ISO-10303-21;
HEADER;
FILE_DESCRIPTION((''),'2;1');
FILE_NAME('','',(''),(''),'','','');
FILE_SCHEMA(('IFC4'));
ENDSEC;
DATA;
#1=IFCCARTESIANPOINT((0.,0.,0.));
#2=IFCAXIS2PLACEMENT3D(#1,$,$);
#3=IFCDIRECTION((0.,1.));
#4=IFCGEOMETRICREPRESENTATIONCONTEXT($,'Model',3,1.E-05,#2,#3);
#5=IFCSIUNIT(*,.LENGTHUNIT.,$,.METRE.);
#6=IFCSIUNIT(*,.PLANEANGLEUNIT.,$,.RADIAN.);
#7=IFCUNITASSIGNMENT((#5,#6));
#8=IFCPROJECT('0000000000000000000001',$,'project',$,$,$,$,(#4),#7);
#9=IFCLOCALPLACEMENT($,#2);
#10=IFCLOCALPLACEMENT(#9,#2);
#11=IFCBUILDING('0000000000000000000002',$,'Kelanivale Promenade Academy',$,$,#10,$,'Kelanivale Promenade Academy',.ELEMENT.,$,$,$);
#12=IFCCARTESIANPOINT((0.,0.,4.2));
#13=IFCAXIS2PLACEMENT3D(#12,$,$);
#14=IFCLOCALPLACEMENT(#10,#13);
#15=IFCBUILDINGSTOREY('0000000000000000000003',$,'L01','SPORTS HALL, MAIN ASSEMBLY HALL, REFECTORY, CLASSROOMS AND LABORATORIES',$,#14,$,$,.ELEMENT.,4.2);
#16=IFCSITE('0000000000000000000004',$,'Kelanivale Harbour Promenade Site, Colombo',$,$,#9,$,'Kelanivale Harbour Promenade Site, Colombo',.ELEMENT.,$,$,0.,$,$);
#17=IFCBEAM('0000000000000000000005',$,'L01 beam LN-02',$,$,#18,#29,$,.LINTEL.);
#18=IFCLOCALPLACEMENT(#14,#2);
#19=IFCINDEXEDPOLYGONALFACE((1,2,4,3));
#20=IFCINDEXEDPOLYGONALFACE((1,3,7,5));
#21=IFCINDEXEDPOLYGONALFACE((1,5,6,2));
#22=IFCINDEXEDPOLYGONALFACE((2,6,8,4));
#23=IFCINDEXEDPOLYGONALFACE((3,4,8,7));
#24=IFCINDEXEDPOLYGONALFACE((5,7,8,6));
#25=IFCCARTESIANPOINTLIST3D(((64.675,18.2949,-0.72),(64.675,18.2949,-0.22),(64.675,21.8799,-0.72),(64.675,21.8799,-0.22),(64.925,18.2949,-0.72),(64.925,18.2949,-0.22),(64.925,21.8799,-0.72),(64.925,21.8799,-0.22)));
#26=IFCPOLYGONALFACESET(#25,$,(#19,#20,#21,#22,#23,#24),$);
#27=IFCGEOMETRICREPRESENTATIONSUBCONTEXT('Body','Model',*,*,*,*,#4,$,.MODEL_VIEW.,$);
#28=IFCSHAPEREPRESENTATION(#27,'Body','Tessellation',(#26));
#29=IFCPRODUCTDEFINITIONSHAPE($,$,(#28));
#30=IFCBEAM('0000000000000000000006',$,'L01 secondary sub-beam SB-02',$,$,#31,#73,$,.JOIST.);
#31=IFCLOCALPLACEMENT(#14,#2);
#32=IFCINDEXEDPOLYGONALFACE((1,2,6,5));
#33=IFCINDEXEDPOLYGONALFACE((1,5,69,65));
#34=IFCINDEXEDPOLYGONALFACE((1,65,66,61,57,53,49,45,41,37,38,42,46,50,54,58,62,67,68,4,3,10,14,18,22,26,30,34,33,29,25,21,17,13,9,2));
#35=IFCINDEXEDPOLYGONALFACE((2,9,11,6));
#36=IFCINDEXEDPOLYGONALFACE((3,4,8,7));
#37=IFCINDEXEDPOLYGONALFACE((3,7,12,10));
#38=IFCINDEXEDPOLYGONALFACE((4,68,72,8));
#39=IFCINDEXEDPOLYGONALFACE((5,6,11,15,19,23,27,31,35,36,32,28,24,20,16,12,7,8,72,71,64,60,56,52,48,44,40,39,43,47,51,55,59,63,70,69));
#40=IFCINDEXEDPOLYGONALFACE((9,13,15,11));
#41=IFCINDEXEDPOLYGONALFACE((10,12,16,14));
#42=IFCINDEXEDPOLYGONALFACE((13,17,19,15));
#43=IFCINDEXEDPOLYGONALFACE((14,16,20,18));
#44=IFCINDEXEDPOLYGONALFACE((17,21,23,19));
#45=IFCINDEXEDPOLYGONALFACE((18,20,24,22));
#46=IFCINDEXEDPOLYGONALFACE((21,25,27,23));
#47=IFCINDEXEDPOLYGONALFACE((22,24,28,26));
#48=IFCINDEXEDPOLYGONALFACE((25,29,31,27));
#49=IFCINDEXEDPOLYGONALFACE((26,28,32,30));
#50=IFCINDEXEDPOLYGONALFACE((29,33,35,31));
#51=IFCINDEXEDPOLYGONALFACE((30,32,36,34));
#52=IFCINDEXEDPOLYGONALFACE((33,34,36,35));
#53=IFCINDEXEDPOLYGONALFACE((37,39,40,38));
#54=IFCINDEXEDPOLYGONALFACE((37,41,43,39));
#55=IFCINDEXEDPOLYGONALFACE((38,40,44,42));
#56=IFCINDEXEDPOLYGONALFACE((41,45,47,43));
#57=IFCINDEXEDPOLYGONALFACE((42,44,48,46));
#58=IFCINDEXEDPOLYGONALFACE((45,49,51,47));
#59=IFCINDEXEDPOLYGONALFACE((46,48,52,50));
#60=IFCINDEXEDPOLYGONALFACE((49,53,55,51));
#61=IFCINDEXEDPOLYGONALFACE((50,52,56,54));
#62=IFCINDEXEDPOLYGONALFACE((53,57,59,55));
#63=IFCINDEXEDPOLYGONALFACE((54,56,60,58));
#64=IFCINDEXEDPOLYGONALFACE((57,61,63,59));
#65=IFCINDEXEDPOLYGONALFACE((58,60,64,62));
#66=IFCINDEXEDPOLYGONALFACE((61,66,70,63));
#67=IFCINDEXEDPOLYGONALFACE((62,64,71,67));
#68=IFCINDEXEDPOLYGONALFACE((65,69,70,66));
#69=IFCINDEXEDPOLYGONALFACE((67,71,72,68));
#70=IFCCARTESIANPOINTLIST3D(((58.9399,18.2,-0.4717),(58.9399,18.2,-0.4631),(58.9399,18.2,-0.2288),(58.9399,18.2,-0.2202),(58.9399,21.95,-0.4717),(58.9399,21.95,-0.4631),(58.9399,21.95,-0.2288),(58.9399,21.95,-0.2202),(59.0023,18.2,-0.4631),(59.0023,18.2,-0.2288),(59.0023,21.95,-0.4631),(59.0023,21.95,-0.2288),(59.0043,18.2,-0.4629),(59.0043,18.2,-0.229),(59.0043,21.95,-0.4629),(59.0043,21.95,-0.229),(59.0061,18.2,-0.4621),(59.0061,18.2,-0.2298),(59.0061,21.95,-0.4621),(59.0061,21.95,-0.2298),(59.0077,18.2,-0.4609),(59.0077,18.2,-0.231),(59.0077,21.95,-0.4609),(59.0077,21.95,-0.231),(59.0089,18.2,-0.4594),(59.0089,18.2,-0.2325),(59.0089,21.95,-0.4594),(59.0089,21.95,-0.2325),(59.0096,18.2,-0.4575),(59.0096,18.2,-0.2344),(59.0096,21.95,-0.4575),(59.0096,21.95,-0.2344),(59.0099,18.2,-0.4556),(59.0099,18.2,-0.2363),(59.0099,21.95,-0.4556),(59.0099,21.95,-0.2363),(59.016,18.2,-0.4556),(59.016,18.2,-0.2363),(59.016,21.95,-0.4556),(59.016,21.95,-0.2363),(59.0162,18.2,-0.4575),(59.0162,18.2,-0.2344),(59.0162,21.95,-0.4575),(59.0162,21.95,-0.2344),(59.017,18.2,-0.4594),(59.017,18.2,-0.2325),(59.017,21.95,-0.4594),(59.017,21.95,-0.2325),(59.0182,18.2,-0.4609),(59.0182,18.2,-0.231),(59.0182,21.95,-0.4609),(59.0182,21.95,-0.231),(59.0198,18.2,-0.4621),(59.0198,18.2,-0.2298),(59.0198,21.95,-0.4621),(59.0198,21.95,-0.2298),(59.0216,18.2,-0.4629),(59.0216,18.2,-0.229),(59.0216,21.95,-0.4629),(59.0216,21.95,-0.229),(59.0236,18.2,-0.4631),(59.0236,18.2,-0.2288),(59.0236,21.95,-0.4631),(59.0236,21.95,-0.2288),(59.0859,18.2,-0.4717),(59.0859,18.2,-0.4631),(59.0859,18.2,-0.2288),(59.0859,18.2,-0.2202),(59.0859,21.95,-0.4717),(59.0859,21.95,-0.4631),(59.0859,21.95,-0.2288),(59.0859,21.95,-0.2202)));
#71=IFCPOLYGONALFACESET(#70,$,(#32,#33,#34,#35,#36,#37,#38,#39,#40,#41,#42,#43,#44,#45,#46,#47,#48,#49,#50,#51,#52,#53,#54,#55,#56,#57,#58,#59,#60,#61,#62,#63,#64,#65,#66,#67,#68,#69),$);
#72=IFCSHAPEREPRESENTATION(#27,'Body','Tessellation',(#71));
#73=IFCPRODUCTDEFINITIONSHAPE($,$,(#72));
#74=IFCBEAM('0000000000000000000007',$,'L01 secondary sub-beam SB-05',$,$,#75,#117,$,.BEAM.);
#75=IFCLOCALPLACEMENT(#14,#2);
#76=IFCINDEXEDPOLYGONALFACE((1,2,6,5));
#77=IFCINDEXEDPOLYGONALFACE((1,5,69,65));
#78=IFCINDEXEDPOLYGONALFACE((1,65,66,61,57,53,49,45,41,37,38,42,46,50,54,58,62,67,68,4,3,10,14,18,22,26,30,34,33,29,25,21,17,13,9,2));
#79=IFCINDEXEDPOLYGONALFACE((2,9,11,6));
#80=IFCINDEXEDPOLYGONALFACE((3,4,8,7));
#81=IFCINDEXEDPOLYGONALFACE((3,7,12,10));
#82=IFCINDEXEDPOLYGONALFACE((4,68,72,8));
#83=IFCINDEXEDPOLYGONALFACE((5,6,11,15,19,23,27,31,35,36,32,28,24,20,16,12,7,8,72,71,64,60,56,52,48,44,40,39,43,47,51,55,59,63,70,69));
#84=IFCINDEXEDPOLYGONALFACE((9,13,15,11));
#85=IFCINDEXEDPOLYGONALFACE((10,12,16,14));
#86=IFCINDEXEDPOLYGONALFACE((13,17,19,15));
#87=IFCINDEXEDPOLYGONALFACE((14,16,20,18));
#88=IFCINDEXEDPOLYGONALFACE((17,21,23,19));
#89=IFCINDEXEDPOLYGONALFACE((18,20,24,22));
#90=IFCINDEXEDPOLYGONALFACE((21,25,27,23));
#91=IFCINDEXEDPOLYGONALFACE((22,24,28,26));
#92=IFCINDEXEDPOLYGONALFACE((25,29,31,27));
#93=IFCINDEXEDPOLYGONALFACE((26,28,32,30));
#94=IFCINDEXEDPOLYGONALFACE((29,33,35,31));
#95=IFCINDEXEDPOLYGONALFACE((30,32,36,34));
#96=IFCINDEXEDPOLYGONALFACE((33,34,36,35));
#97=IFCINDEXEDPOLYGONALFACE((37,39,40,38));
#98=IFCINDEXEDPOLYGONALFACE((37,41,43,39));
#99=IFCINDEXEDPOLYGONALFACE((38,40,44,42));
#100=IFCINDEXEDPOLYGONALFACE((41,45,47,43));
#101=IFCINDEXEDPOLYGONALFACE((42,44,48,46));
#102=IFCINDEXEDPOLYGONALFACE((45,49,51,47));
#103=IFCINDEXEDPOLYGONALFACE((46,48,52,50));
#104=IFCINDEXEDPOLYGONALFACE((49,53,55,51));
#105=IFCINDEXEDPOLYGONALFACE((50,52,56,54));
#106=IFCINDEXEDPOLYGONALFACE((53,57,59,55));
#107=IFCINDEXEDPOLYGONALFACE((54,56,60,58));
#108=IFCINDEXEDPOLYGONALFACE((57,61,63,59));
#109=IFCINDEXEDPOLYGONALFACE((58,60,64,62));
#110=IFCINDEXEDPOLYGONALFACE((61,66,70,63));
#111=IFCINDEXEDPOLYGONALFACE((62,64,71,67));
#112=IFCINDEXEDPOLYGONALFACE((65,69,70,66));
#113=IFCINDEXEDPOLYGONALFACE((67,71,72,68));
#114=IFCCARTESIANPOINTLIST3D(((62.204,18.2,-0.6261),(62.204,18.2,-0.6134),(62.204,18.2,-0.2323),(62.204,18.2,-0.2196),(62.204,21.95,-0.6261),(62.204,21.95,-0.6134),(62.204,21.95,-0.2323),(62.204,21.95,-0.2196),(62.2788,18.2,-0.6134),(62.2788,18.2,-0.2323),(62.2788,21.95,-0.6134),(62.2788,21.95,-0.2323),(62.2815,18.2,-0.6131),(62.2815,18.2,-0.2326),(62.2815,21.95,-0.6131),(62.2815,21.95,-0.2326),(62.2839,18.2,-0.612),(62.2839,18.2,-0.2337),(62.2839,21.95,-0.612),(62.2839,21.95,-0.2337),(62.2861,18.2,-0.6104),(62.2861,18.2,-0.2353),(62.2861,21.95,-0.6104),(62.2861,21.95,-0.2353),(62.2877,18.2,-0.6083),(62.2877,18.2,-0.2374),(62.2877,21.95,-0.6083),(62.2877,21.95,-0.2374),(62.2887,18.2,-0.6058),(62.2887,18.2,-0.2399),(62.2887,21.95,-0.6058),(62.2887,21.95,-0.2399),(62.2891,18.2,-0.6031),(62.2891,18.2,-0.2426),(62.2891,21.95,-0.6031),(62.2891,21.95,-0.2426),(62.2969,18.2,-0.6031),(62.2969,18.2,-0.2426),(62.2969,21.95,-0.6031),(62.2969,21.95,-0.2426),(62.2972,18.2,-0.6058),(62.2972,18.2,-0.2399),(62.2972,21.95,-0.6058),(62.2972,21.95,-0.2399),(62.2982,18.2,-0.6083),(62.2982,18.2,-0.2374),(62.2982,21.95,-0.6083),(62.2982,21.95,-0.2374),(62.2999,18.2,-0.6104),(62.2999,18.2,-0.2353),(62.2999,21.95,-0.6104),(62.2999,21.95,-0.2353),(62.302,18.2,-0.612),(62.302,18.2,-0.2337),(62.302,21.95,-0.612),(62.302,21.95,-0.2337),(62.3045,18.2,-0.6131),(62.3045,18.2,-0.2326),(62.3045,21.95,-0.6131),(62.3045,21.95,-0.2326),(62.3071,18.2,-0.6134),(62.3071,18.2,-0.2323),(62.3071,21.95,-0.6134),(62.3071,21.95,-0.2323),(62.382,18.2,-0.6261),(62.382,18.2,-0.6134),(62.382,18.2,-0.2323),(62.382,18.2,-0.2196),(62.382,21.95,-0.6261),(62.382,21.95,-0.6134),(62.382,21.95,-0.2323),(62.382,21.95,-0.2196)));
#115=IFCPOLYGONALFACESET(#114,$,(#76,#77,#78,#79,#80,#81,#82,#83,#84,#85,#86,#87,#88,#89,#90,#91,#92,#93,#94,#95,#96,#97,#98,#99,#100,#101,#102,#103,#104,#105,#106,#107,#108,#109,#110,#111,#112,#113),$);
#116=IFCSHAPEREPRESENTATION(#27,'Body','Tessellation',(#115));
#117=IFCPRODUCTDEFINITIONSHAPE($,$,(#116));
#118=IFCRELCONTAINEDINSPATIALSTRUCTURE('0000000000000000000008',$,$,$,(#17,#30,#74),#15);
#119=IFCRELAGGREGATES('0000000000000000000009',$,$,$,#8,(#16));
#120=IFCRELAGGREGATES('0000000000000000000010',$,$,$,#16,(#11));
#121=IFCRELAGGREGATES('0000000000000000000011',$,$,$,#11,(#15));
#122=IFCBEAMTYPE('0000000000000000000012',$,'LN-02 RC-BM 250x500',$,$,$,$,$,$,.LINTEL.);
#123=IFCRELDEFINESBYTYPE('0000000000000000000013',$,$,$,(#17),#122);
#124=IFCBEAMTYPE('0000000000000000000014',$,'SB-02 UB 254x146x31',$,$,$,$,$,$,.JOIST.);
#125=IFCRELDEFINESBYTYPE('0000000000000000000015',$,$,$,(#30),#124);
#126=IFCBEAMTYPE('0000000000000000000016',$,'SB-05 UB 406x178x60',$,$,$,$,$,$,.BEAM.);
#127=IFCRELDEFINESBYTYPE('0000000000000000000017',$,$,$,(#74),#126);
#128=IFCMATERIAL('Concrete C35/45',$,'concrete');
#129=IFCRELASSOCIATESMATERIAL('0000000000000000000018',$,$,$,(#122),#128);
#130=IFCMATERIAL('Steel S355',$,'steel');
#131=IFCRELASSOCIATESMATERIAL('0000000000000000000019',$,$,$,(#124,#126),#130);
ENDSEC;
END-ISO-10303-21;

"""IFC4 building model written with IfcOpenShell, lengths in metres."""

from ifc_helpers import new_model, si_unit, direction, frame, origin, origin_2d, place, context, subcontext, project, spatial, rectangle, i_section, extrude, material, material_profile, profile_set, type_object, element, save


model = new_model("IFC4")

# Units and contexts
model_context = context("Model", 3, precision=1e-05, world=origin(), true_north=direction((0.0, 1.0)))
body_context = subcontext(model_context, "Body", "Model", "MODEL_VIEW")
ifc_project = project(units=[si_unit("LENGTHUNIT", "METRE"), si_unit("PLANEANGLEUNIT", "RADIAN")], contexts=[model_context])

# Site, building, storey
site_placement = place(None, origin())
site = spatial("IfcSite", under=ifc_project, at=site_placement, Name="Kelanivale Harbour Promenade Site, Colombo", LongName="Kelanivale Harbour Promenade Site, Colombo", CompositionType="ELEMENT", RefElevation=0.0)
building_placement = place(site_placement, origin())
building = spatial("IfcBuilding", under=site, at=building_placement, Name="Kelanivale Promenade Academy", LongName="Kelanivale Promenade Academy", CompositionType="ELEMENT")
storey_placement = place(building_placement, frame((0.0, 0.0, 4.2)))
storey = spatial("IfcBuildingStorey", under=building, at=storey_placement, Name="L01", Description="SPORTS HALL, MAIN ASSEMBLY HALL, REFECTORY, CLASSROOMS AND LABORATORIES", CompositionType="ELEMENT", Elevation=4.2)

# Beams
ifc_material_1 = material(Name="Concrete C35/45", Category="concrete")
ifc_material_profile_1 = material_profile(ifc_material_1, rectangle(XDim=0.25, YDim=0.5, at=origin_2d()), Name="RC-BM 250x500")
ifc_profile_set_1 = profile_set([ifc_material_profile_1], Name="Concrete C35/45")
beam_type_1 = type_object("IfcBeamType", Name="LN-02 RC-BM 250x500", PredefinedType="LINTEL", material=ifc_profile_set_1)
beam_1_placement = place(storey_placement, frame((64.8, 18.2949, -0.47), z_axis=(0.0, 1.0, 0.0), x_axis=(-1.0, 0.0, 0.0)))
element("IfcBeam", 1, at=beam_1_placement, inside=storey, type_object=beam_type_1, Name="L01 beam LN-02", PredefinedType="LINTEL", context=body_context, shape_type="SweptSolid", body=[
    extrude(rectangle(XDim=0.25, YDim=0.5, at=origin_2d()), origin(), (0.0, 0.0, 1.0), 3.585),
])
ifc_material_2 = material(Name="Steel S355", Category="steel")
ifc_material_profile_2 = material_profile(ifc_material_2, i_section(OverallWidth=0.146, OverallDepth=0.2515, WebThickness=0.0061, FlangeThickness=0.0085, FilletRadius=0.0076, at=origin_2d()), Name="UB 254x146x31")
ifc_profile_set_2 = profile_set([ifc_material_profile_2], Name="Steel S355")
beam_type_2 = type_object("IfcBeamType", Name="SB-02 UB 254x146x31", PredefinedType="JOIST", material=ifc_profile_set_2)
beam_2_placement = place(storey_placement, frame((59.0129, 18.2, -0.3459), z_axis=(0.0, 1.0, 0.0), x_axis=(-1.0, 0.0, 0.0)))
element("IfcBeam", 2, at=beam_2_placement, inside=storey, type_object=beam_type_2, Name="L01 secondary sub-beam SB-02", PredefinedType="JOIST", context=body_context, shape_type="SweptSolid", body=[
    extrude(i_section(OverallWidth=0.146, OverallDepth=0.2515, WebThickness=0.0061, FlangeThickness=0.0085, FilletRadius=0.0076, at=origin_2d()), origin(), (0.0, 0.0, 1.0), 3.75),
])
ifc_material_profile_3 = material_profile(ifc_material_2, i_section(OverallWidth=0.178, OverallDepth=0.4065, WebThickness=0.0078, FlangeThickness=0.0127, FilletRadius=0.0103, at=origin_2d()), Name="UB 406x178x60")
ifc_profile_set_3 = profile_set([ifc_material_profile_3], Name="Steel S355")
beam_type_3 = type_object("IfcBeamType", Name="SB-05 UB 406x178x60", PredefinedType="BEAM", material=ifc_profile_set_3)
beam_3_placement = place(storey_placement, frame((62.293, 18.2, -0.4229), z_axis=(0.0, 1.0, 0.0), x_axis=(-1.0, 0.0, 0.0)))
element("IfcBeam", 3, at=beam_3_placement, inside=storey, type_object=beam_type_3, Name="L01 secondary sub-beam SB-05", PredefinedType="BEAM", context=body_context, shape_type="SweptSolid", body=[
    extrude(i_section(OverallWidth=0.178, OverallDepth=0.4065, WebThickness=0.0078, FlangeThickness=0.0127, FilletRadius=0.0103, at=origin_2d()), origin(), (0.0, 0.0, 1.0), 3.75),
])

save(model, "model.ifc")
